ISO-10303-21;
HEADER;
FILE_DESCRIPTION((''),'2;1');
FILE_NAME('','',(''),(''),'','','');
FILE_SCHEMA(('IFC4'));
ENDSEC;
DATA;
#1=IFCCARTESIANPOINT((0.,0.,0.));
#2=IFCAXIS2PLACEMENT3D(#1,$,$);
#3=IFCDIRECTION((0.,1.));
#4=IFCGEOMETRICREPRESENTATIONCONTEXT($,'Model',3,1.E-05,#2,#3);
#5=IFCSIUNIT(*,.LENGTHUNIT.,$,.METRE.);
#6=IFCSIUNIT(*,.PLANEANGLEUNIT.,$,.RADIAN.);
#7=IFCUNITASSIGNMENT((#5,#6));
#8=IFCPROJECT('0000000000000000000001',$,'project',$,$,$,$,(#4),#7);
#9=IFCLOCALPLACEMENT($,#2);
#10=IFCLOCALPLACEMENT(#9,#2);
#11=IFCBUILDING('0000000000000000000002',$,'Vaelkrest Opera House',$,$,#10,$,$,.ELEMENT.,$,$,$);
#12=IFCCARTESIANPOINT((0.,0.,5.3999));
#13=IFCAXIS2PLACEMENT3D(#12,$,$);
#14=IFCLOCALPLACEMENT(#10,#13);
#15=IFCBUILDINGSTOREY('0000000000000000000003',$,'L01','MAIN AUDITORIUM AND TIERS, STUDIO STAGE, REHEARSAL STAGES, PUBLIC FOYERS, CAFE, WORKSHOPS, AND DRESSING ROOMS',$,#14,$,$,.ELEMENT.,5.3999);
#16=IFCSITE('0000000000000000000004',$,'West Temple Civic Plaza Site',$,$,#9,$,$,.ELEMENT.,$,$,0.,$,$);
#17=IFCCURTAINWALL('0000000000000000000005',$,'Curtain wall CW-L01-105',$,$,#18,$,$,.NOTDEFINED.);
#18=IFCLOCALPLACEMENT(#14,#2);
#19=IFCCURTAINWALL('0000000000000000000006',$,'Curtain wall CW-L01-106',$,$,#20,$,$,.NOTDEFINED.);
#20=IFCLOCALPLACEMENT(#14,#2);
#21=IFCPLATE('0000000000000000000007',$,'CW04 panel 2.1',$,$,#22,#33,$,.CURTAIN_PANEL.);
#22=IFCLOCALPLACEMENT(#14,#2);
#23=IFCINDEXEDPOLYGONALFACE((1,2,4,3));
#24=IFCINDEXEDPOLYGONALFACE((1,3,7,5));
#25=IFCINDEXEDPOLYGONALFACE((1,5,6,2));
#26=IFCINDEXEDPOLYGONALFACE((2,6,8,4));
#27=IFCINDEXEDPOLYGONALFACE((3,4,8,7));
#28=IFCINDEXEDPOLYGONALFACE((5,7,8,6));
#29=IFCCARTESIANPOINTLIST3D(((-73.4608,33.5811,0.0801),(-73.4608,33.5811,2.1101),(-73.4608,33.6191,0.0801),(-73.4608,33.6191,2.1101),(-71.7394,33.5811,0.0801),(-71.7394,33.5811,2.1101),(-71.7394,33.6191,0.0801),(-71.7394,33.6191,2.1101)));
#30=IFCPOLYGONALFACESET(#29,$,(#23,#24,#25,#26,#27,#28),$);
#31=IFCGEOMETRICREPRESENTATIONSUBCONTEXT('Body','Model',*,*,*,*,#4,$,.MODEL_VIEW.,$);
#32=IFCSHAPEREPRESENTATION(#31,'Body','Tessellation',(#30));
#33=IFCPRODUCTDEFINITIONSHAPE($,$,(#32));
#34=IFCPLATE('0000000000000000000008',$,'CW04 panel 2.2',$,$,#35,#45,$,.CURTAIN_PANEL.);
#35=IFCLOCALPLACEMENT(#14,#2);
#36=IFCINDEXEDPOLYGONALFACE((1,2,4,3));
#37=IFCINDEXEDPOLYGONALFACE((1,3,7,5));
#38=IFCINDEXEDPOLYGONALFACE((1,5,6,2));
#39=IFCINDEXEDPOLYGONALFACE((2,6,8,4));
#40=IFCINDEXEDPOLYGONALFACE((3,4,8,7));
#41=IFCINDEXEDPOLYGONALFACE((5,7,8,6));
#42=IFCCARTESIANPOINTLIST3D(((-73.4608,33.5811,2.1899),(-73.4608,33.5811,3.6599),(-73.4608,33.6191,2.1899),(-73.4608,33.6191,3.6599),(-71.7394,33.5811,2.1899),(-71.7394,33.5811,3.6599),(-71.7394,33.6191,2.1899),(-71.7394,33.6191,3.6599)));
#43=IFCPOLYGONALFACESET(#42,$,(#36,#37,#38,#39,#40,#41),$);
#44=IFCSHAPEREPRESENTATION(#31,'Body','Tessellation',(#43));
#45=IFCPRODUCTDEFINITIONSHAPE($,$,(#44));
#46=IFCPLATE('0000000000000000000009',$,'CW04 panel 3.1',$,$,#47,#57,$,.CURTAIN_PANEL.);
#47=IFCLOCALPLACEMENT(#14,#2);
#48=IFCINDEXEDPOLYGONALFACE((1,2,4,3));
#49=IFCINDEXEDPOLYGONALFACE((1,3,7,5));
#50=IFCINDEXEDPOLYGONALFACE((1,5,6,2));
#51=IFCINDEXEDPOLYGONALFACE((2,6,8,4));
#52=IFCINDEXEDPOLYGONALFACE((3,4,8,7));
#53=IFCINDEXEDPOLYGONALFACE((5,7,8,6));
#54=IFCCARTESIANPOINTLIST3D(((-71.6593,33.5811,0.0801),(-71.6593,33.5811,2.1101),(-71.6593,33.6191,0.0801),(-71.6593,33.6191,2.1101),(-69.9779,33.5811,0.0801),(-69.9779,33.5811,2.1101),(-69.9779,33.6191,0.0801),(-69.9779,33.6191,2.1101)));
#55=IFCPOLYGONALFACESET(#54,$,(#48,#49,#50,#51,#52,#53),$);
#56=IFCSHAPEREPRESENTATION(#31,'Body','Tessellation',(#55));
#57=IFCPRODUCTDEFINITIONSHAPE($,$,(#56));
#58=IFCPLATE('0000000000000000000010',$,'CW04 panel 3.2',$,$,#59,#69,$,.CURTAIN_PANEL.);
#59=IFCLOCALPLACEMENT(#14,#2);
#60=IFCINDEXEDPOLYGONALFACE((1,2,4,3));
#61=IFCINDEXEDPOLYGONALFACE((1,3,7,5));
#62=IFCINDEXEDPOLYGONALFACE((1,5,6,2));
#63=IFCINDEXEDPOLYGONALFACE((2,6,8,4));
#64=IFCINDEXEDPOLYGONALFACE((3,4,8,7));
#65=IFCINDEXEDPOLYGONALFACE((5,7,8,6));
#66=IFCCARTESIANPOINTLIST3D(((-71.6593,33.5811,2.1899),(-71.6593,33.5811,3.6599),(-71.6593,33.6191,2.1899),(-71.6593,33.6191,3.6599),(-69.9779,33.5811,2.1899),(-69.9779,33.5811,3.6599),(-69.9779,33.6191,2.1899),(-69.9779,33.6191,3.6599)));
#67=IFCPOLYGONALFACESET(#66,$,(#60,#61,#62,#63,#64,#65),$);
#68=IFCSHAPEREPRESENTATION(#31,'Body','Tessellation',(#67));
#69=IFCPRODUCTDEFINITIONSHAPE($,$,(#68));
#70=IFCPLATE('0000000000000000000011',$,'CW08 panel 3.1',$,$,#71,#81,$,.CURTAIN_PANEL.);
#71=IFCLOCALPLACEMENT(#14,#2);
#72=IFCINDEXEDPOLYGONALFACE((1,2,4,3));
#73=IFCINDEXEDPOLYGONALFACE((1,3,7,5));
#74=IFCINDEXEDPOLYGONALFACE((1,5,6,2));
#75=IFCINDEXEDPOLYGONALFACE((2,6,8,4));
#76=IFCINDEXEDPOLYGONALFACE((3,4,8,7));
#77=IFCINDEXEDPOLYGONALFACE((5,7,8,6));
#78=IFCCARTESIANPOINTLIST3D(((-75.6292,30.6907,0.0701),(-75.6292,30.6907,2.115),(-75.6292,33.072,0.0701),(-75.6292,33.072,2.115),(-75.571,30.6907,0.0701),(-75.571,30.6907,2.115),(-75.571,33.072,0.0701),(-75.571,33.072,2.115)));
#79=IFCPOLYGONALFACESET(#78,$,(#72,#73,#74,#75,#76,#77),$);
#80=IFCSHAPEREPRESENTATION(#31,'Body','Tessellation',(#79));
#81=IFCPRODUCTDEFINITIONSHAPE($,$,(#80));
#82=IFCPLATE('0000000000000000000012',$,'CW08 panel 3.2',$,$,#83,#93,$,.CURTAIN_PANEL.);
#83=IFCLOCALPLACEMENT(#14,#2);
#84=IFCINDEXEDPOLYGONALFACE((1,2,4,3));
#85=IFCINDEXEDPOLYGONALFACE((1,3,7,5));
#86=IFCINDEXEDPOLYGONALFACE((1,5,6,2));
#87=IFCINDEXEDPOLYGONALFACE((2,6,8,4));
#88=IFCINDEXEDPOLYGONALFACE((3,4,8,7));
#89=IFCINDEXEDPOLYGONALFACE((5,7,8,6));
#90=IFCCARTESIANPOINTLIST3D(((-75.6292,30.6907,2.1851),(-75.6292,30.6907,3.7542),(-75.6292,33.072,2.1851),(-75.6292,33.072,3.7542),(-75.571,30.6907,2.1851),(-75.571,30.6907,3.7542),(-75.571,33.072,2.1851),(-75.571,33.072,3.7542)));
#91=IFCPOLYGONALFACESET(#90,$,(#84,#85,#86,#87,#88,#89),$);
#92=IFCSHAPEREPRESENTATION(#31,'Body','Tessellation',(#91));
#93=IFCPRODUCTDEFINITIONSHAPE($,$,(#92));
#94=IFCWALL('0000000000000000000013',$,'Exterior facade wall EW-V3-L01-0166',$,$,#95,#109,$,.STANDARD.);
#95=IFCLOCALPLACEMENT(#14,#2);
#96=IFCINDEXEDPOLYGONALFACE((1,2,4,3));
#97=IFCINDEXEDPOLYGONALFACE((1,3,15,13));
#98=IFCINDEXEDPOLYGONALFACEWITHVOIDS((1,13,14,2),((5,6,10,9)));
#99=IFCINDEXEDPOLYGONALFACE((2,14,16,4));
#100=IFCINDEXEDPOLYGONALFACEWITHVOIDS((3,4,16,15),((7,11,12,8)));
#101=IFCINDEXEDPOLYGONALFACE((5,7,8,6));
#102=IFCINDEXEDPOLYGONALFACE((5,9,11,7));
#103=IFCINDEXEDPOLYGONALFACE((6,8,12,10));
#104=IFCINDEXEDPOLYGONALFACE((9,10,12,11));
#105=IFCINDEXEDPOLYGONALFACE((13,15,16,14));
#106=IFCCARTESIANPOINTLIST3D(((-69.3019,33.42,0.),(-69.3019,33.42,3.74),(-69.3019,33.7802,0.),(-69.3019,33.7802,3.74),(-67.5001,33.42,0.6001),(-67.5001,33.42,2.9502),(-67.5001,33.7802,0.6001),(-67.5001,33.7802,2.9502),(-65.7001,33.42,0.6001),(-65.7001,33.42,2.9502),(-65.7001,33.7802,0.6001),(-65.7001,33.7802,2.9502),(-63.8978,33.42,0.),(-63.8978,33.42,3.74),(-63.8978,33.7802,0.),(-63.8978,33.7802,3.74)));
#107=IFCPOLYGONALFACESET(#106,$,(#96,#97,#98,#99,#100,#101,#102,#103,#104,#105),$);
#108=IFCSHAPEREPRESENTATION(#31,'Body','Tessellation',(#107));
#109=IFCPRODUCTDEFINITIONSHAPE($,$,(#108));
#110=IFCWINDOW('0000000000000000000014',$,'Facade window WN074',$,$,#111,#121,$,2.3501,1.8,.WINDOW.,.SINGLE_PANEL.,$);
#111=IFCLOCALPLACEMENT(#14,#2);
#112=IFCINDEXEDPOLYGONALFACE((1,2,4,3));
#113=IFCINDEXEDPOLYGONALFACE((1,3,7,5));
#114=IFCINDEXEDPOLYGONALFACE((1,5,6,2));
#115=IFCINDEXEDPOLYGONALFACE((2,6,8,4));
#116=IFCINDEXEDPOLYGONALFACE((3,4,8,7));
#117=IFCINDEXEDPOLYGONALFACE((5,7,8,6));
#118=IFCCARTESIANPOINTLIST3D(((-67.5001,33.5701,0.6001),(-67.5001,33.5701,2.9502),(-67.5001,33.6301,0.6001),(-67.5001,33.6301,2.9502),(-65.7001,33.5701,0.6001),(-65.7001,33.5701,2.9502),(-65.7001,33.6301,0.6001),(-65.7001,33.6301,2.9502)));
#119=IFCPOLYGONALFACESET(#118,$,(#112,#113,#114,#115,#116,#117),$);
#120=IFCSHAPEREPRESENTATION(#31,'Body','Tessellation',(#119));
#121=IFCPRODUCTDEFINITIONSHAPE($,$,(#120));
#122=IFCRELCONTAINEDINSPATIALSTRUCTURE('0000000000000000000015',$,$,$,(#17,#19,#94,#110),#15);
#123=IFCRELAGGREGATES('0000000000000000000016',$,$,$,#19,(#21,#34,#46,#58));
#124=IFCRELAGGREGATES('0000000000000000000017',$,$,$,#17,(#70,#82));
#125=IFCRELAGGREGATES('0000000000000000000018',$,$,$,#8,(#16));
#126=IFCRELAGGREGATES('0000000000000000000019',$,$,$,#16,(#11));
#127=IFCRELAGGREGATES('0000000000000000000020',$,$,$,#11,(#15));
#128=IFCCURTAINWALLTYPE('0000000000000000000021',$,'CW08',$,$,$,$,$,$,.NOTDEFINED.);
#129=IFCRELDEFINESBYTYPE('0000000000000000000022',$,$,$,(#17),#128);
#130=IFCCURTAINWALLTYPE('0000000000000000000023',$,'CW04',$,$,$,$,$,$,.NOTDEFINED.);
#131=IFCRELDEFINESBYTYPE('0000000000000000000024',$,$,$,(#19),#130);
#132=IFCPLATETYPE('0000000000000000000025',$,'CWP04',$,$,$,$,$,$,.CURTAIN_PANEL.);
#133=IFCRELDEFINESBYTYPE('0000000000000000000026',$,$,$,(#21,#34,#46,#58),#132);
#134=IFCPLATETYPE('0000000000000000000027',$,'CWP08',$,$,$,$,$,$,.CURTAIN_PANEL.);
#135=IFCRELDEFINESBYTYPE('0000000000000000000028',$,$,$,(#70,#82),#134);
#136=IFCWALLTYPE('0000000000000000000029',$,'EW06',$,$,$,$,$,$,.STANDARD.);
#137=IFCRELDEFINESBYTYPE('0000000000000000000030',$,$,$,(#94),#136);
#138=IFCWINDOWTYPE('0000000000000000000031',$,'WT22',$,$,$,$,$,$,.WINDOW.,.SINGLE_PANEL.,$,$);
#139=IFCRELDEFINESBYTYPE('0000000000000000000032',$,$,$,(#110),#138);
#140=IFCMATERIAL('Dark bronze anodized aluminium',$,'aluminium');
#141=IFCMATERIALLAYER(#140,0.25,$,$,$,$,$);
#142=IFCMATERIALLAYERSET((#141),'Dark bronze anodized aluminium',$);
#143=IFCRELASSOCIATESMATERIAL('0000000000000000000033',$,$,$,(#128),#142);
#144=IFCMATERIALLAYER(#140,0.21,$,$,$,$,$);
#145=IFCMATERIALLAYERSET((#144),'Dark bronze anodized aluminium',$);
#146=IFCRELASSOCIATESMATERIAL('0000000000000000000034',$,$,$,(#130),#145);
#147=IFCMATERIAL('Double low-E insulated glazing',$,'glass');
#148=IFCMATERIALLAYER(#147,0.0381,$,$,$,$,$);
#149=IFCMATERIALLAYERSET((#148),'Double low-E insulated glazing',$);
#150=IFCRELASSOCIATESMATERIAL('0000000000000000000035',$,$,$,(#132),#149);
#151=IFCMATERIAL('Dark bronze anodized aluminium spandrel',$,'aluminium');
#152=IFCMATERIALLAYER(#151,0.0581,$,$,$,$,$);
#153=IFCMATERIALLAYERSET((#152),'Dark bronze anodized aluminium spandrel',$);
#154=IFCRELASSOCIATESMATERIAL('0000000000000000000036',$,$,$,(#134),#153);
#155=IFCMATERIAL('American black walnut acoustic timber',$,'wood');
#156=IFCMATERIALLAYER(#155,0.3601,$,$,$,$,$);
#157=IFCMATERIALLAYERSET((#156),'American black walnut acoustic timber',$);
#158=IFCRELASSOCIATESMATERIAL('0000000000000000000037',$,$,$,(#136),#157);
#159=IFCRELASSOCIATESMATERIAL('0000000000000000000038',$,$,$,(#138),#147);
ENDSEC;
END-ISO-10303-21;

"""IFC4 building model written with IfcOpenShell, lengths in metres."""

from ifc_helpers import new_model, si_unit, direction, frame, frame_2d, origin, origin_2d, place, context, subcontext, project, spatial, rectangle, extrude, material, layer, layer_set, type_object, element, fill, aggregate, save


model = new_model("IFC4")

# Units and contexts
model_context = context("Model", 3, precision=1e-05, world=origin(), true_north=direction((0.0, 1.0)))
body_context = subcontext(model_context, "Body", "Model", "MODEL_VIEW")
ifc_project = project(units=[si_unit("LENGTHUNIT", "METRE"), si_unit("PLANEANGLEUNIT", "RADIAN")], contexts=[model_context])

# Site, building, storey
site_placement = place(None, origin())
site = spatial("IfcSite", under=ifc_project, at=site_placement, Name="West Temple Civic Plaza Site", CompositionType="ELEMENT", RefElevation=0.0)
building_placement = place(site_placement, origin())
building = spatial("IfcBuilding", under=site, at=building_placement, Name="Vaelkrest Opera House", CompositionType="ELEMENT")
storey_placement = place(building_placement, frame((0.0, 0.0, 5.3999)))
storey = spatial("IfcBuildingStorey", under=building, at=storey_placement, Name="L01", Description="MAIN AUDITORIUM AND TIERS, STUDIO STAGE, REHEARSAL STAGES, PUBLIC FOYERS, CAFE, WORKSHOPS, AND DRESSING ROOMS", CompositionType="ELEMENT", Elevation=5.3999)

# Curtain wall
ifc_material_1 = material(Name="Dark bronze anodized aluminium", Category="aluminium")
ifc_layer_1 = layer(ifc_material_1, 0.25)
ifc_layer_set_1 = layer_set([ifc_layer_1], Name="Dark bronze anodized aluminium")
curtain_wall_type_1 = type_object("IfcCurtainWallType", Name="CW08", PredefinedType="NOTDEFINED", material=ifc_layer_set_1)
curtain_wall_1_placement = place(storey_placement, origin())
curtain_wall_1 = element("IfcCurtainWall", 1, at=curtain_wall_1_placement, inside=storey, type_object=curtain_wall_type_1, Name="Curtain wall CW-L01-105", PredefinedType="NOTDEFINED")

# Curtain wall
ifc_layer_2 = layer(ifc_material_1, 0.21)
ifc_layer_set_2 = layer_set([ifc_layer_2], Name="Dark bronze anodized aluminium")
curtain_wall_type_2 = type_object("IfcCurtainWallType", Name="CW04", PredefinedType="NOTDEFINED", material=ifc_layer_set_2)
curtain_wall_2_placement = place(storey_placement, origin())
curtain_wall_2 = element("IfcCurtainWall", 2, at=curtain_wall_2_placement, inside=storey, type_object=curtain_wall_type_2, Name="Curtain wall CW-L01-106", PredefinedType="NOTDEFINED")

# Plates
ifc_material_2 = material(Name="Double low-E insulated glazing", Category="glass")
ifc_layer_3 = layer(ifc_material_2, 0.0381)
ifc_layer_set_3 = layer_set([ifc_layer_3], Name="Double low-E insulated glazing")
plate_type_1 = type_object("IfcPlateType", Name="CWP04", PredefinedType="CURTAIN_PANEL", material=ifc_layer_set_3)
plate_1_placement = place(storey_placement, frame((-72.6001, 33.6001, 0.0801), z_axis=(0.0, 0.0, 1.0), x_axis=(1.0, 0.0, 0.0)))
plate_1 = element("IfcPlate", 3, at=plate_1_placement, type_object=plate_type_1, Name="CW04 panel 2.1", PredefinedType="CURTAIN_PANEL", context=body_context, shape_type="SweptSolid", body=[
    extrude(rectangle(XDim=1.7214, YDim=0.0381, at=origin_2d()), origin(), (0.0, 0.0, 1.0), 2.03),
])
plate_2_placement = place(storey_placement, frame((-72.6001, 33.6001, 2.1899), z_axis=(0.0, 0.0, 1.0), x_axis=(1.0, 0.0, 0.0)))
plate_2 = element("IfcPlate", 4, at=plate_2_placement, type_object=plate_type_1, Name="CW04 panel 2.2", PredefinedType="CURTAIN_PANEL", context=body_context, shape_type="SweptSolid", body=[
    extrude(rectangle(XDim=1.7214, YDim=0.0381, at=origin_2d()), origin(), (0.0, 0.0, 1.0), 1.47),
])
plate_3_placement = place(storey_placement, frame((-70.8186, 33.6001, 0.0801), z_axis=(0.0, 0.0, 1.0), x_axis=(1.0, 0.0, 0.0)))
plate_3 = element("IfcPlate", 5, at=plate_3_placement, type_object=plate_type_1, Name="CW04 panel 3.1", PredefinedType="CURTAIN_PANEL", context=body_context, shape_type="SweptSolid", body=[
    extrude(rectangle(XDim=1.6814, YDim=0.0381, at=origin_2d()), origin(), (0.0, 0.0, 1.0), 2.03),
])
plate_4_placement = place(storey_placement, frame((-70.8186, 33.6001, 2.1899), z_axis=(0.0, 0.0, 1.0), x_axis=(1.0, 0.0, 0.0)))
plate_4 = element("IfcPlate", 6, at=plate_4_placement, type_object=plate_type_1, Name="CW04 panel 3.2", PredefinedType="CURTAIN_PANEL", context=body_context, shape_type="SweptSolid", body=[
    extrude(rectangle(XDim=1.6814, YDim=0.0381, at=origin_2d()), origin(), (0.0, 0.0, 1.0), 1.47),
])
aggregate(curtain_wall_2, [plate_1, plate_2, plate_3, plate_4])
ifc_material_3 = material(Name="Dark bronze anodized aluminium spandrel", Category="aluminium")
ifc_layer_4 = layer(ifc_material_3, 0.0581)
ifc_layer_set_4 = layer_set([ifc_layer_4], Name="Dark bronze anodized aluminium spandrel")
plate_type_2 = type_object("IfcPlateType", Name="CWP08", PredefinedType="CURTAIN_PANEL", material=ifc_layer_set_4)
plate_5_placement = place(storey_placement, frame((-75.6001, 31.8813, 0.0701), z_axis=(0.0, 0.0, 1.0), x_axis=(0.0, 1.0, 0.0)))
plate_5 = element("IfcPlate", 7, at=plate_5_placement, type_object=plate_type_2, Name="CW08 panel 3.1", PredefinedType="CURTAIN_PANEL", context=body_context, shape_type="SweptSolid", body=[
    extrude(rectangle(XDim=2.3813, YDim=0.0581, at=origin_2d()), origin(), (0.0, 0.0, 1.0), 2.0449),
])
plate_6_placement = place(storey_placement, frame((-75.6001, 31.8813, 2.1851), z_axis=(0.0, 0.0, 1.0), x_axis=(0.0, 1.0, 0.0)))
plate_6 = element("IfcPlate", 8, at=plate_6_placement, type_object=plate_type_2, Name="CW08 panel 3.2", PredefinedType="CURTAIN_PANEL", context=body_context, shape_type="SweptSolid", body=[
    extrude(rectangle(XDim=2.3813, YDim=0.0581, at=origin_2d()), origin(), (0.0, 0.0, 1.0), 1.5691),
])
aggregate(curtain_wall_1, [plate_5, plate_6])

# Wall, opening, window
ifc_material_4 = material(Name="American black walnut acoustic timber", Category="wood")
ifc_layer_5 = layer(ifc_material_4, 0.3601)
ifc_layer_set_5 = layer_set([ifc_layer_5], Name="American black walnut acoustic timber")
wall_type = type_object("IfcWallType", Name="EW06", PredefinedType="STANDARD", material=ifc_layer_set_5)
wall_placement = place(storey_placement, frame((-69.302, 33.6001, 0.0), z_axis=(0.0, 0.0, 1.0), x_axis=(1.0, 0.0, 0.0)))
wall = element("IfcWall", 9, at=wall_placement, inside=storey, type_object=wall_type, Name="Exterior facade wall EW-V3-L01-0166", PredefinedType="STANDARD", context=body_context, shape_type="SweptSolid", body=[
    extrude(rectangle(XDim=5.4041, YDim=0.3601, at=frame_2d((2.7021, 0.0))), origin(), (0.0, 0.0, 1.0), 3.74),
])
opening_placement = place(wall_placement, frame((1.802, 0.0, 0.6001)))
opening = element("IfcOpeningElement", 10, at=opening_placement, cuts=wall, PredefinedType="OPENING", context=body_context, shape_type="SweptSolid", body=[
    extrude(rectangle(XDim=1.8, YDim=2.3501, at=frame_2d((0.8999, 1.175))), frame((0.0, 0.1899, 0.0), z_axis=(0.0, -1.0, 0.0), x_axis=(1.0, 0.0, 0.0)), (0.0, 0.0, 1.0), 0.3801),
])
window_type = type_object("IfcWindowType", Name="WT22", PartitioningType="SINGLE_PANEL", PredefinedType="WINDOW", material=ifc_material_2)
window_placement = place(opening_placement, origin())
window = element("IfcWindow", 11, at=window_placement, inside=storey, type_object=window_type, Name="Facade window WN074", OverallHeight=2.3501, OverallWidth=1.8, PartitioningType="SINGLE_PANEL", PredefinedType="WINDOW", context=body_context, shape_type="SweptSolid", body=[
    extrude(rectangle(XDim=1.8, YDim=2.3501, at=frame_2d((0.8999, 1.175))), frame((0.0, 0.03, 0.0), z_axis=(0.0, -1.0, 0.0), x_axis=(1.0, 0.0, 0.0)), (0.0, 0.0, 1.0), 0.0601),
])
fill(opening, window)

save(model, "model.ifc")
